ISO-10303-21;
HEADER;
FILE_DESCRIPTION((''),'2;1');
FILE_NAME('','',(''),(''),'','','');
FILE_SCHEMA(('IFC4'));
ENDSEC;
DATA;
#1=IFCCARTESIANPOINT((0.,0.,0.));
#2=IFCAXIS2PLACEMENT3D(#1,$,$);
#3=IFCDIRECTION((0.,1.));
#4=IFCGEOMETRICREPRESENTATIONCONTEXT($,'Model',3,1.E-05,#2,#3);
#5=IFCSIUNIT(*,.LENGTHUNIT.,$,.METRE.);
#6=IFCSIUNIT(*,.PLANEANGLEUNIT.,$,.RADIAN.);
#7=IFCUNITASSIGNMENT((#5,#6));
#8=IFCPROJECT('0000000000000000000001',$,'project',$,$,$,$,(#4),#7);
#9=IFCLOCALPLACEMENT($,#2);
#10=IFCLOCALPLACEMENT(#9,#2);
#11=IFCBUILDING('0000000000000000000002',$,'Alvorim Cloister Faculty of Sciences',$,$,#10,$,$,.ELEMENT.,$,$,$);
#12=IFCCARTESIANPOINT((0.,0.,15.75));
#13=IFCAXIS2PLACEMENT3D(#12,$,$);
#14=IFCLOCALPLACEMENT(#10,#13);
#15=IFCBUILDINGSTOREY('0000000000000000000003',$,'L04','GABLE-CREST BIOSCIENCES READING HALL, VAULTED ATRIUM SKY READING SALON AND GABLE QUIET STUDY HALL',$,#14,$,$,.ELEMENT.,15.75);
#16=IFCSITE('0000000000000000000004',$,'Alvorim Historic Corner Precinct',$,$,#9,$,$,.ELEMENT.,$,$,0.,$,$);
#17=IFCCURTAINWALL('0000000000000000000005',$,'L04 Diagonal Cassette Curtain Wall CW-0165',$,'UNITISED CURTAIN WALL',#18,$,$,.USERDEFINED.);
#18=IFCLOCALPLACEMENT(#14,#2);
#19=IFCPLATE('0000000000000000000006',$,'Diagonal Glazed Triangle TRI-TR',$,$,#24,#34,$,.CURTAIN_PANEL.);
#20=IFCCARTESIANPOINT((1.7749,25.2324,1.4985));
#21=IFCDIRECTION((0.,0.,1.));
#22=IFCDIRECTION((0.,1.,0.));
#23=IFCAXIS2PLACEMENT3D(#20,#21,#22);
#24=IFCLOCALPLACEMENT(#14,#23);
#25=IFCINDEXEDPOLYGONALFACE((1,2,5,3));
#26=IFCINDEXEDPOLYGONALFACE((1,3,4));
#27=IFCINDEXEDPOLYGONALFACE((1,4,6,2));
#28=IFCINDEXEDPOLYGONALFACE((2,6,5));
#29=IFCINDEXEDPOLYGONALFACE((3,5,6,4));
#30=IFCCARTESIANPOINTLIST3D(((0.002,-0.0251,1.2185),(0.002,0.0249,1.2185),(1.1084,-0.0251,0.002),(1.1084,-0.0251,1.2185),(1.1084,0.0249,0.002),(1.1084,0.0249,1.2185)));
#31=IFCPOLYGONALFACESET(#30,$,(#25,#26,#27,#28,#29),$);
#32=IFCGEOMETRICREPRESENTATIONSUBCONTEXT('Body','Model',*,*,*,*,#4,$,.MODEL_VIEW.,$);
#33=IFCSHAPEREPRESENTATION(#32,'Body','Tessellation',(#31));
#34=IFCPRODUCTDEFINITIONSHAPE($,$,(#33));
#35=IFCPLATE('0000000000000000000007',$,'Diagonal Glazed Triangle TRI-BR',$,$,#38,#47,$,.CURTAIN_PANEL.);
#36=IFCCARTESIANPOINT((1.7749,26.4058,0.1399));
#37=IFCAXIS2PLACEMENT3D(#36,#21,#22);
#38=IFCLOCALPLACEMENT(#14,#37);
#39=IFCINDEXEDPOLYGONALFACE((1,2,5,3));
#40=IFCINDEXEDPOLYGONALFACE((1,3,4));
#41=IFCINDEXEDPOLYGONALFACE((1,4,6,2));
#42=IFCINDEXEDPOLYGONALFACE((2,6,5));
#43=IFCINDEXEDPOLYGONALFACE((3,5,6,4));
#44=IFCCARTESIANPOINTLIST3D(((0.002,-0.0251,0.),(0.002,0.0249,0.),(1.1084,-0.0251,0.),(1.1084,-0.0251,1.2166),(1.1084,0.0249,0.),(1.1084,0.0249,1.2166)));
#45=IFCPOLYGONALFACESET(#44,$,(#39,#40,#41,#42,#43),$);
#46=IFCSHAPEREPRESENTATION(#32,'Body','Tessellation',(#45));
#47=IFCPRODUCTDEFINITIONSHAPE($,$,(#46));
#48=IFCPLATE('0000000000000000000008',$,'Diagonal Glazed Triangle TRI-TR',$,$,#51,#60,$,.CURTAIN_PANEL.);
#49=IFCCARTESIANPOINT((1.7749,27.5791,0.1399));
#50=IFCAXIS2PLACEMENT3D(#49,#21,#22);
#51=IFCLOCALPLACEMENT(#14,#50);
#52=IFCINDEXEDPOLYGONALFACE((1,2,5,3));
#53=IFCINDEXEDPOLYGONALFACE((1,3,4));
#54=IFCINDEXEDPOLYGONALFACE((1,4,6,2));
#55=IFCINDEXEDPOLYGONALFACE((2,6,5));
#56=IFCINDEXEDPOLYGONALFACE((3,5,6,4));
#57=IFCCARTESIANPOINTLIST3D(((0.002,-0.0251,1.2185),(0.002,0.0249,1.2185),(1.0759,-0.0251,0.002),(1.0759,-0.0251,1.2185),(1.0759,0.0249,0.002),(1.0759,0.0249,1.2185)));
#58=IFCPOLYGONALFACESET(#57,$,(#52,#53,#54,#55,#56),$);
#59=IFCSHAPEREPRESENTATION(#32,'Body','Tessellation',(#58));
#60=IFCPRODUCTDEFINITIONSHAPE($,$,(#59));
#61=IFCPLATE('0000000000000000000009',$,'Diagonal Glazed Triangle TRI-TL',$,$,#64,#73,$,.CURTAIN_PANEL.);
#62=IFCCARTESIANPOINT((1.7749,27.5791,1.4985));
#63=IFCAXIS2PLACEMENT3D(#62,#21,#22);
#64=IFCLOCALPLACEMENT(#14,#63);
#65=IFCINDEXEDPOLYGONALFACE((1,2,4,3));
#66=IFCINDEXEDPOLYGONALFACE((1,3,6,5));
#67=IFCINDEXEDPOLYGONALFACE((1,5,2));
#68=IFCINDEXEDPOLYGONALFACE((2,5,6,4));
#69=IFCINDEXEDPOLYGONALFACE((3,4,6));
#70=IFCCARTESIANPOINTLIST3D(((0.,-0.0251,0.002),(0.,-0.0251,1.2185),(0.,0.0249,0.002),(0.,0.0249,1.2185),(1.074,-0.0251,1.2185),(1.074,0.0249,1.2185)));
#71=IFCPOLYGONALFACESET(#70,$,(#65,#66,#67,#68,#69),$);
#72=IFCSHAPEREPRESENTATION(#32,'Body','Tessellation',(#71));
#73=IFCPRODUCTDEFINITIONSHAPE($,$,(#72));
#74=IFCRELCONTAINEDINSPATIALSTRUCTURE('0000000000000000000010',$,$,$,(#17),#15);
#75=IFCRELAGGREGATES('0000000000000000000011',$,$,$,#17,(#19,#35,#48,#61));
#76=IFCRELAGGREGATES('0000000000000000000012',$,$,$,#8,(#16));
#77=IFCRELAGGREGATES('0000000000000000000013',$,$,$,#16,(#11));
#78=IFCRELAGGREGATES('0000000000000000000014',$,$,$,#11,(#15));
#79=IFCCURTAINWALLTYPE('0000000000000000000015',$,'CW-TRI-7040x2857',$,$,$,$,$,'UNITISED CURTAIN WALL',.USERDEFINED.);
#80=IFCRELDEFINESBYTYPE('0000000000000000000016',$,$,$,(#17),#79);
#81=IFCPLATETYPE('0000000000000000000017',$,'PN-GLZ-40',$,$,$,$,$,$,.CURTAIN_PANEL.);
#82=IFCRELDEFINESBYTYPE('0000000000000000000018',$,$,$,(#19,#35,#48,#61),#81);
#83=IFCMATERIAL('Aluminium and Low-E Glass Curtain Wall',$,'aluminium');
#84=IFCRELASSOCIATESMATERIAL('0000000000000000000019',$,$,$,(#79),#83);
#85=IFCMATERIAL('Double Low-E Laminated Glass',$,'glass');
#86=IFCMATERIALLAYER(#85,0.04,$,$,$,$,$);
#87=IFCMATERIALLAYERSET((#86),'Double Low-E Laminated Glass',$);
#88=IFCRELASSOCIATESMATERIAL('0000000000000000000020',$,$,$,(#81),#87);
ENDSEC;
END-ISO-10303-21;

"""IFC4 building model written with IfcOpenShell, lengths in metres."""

from ifc_helpers import new_model, si_unit, direction, frame, origin, place, context, subcontext, project, spatial, polyline, outline, extrude, material, layer, layer_set, type_object, element, aggregate, save


model = new_model("IFC4")

# Units and contexts
model_context = context("Model", 3, precision=1e-05, world=origin(), true_north=direction((0.0, 1.0)))
body_context = subcontext(model_context, "Body", "Model", "MODEL_VIEW")
ifc_project = project(units=[si_unit("LENGTHUNIT", "METRE"), si_unit("PLANEANGLEUNIT", "RADIAN")], contexts=[model_context])

# Site, building, storey
site_placement = place(None, origin())
site = spatial("IfcSite", under=ifc_project, at=site_placement, Name="Alvorim Historic Corner Precinct", CompositionType="ELEMENT", RefElevation=0.0)
building_placement = place(site_placement, origin())
building = spatial("IfcBuilding", under=site, at=building_placement, Name="Alvorim Cloister Faculty of Sciences", CompositionType="ELEMENT")
storey_placement = place(building_placement, frame((0.0, 0.0, 15.75)))
storey = spatial("IfcBuildingStorey", under=building, at=storey_placement, Name="L04", Description="GABLE-CREST BIOSCIENCES READING HALL, VAULTED ATRIUM SKY READING SALON AND GABLE QUIET STUDY HALL", CompositionType="ELEMENT", Elevation=15.75)

# Curtain wall, plates
ifc_material_1 = material(Name="Aluminium and Low-E Glass Curtain Wall", Category="aluminium")
curtain_wall_type = type_object("IfcCurtainWallType", Name="CW-TRI-7040x2857", ElementType="UNITISED CURTAIN WALL", PredefinedType="USERDEFINED", material=ifc_material_1)
curtain_wall_placement = place(storey_placement, origin())
curtain_wall = element("IfcCurtainWall", 1, at=curtain_wall_placement, inside=storey, type_object=curtain_wall_type, Name="L04 Diagonal Cassette Curtain Wall CW-0165", ObjectType="UNITISED CURTAIN WALL", PredefinedType="USERDEFINED")
ifc_material_2 = material(Name="Double Low-E Laminated Glass", Category="glass")
ifc_layer = layer(ifc_material_2, 0.04)
ifc_layer_set = layer_set([ifc_layer], Name="Double Low-E Laminated Glass")
plate_type = type_object("IfcPlateType", Name="PN-GLZ-40", PredefinedType="CURTAIN_PANEL", material=ifc_layer_set)
plate_1_placement = place(storey_placement, frame((1.7749, 25.2324, 1.4985), z_axis=(0.0, 0.0, 1.0), x_axis=(0.0, 1.0, 0.0)))
plate_1 = element("IfcPlate", 2, at=plate_1_placement, type_object=plate_type, Name="Diagonal Glazed Triangle TRI-TR", PredefinedType="CURTAIN_PANEL", context=body_context, shape_type="SweptSolid", body=[
    extrude(outline(polyline([(1.1084, 0.002), (1.1084, 1.2185), (0.002, 1.2185), (1.1084, 0.002)])), frame((0.0, 0.0249, 0.0), z_axis=(0.0, -1.0, 0.0), x_axis=(1.0, 0.0, 0.0)), (0.0, 0.0, 1.0), 0.05),
])
plate_2_placement = place(storey_placement, frame((1.7749, 26.4058, 0.1399), z_axis=(0.0, 0.0, 1.0), x_axis=(0.0, 1.0, 0.0)))
plate_2 = element("IfcPlate", 3, at=plate_2_placement, type_object=plate_type, Name="Diagonal Glazed Triangle TRI-BR", PredefinedType="CURTAIN_PANEL", context=body_context, shape_type="SweptSolid", body=[
    extrude(outline(polyline([(0.002, 0.0), (1.1084, 0.0), (1.1084, 1.2166), (0.002, 0.0)])), frame((0.0, 0.0249, 0.0), z_axis=(0.0, -1.0, 0.0), x_axis=(1.0, 0.0, 0.0)), (0.0, 0.0, 1.0), 0.05),
])
plate_3_placement = place(storey_placement, frame((1.7749, 27.5791, 0.1399), z_axis=(0.0, 0.0, 1.0), x_axis=(0.0, 1.0, 0.0)))
plate_3 = element("IfcPlate", 4, at=plate_3_placement, type_object=plate_type, Name="Diagonal Glazed Triangle TRI-TR", PredefinedType="CURTAIN_PANEL", context=body_context, shape_type="SweptSolid", body=[
    extrude(outline(polyline([(1.0759, 0.002), (1.0759, 1.2185), (0.002, 1.2185), (1.0759, 0.002)])), frame((0.0, 0.0249, 0.0), z_axis=(0.0, -1.0, 0.0), x_axis=(1.0, 0.0, 0.0)), (0.0, 0.0, 1.0), 0.05),
])
plate_4_placement = place(storey_placement, frame((1.7749, 27.5791, 1.4985), z_axis=(0.0, 0.0, 1.0), x_axis=(0.0, 1.0, 0.0)))
plate_4 = element("IfcPlate", 5, at=plate_4_placement, type_object=plate_type, Name="Diagonal Glazed Triangle TRI-TL", PredefinedType="CURTAIN_PANEL", context=body_context, shape_type="SweptSolid", body=[
    extrude(outline(polyline([(1.074, 1.2185), (0.0, 1.2185), (0.0, 0.002), (1.074, 1.2185)])), frame((0.0, 0.0249, 0.0), z_axis=(0.0, -1.0, 0.0), x_axis=(1.0, 0.0, 0.0)), (0.0, 0.0, 1.0), 0.05),
])
aggregate(curtain_wall, [plate_1, plate_2, plate_3, plate_4])

save(model, "model.ifc")
